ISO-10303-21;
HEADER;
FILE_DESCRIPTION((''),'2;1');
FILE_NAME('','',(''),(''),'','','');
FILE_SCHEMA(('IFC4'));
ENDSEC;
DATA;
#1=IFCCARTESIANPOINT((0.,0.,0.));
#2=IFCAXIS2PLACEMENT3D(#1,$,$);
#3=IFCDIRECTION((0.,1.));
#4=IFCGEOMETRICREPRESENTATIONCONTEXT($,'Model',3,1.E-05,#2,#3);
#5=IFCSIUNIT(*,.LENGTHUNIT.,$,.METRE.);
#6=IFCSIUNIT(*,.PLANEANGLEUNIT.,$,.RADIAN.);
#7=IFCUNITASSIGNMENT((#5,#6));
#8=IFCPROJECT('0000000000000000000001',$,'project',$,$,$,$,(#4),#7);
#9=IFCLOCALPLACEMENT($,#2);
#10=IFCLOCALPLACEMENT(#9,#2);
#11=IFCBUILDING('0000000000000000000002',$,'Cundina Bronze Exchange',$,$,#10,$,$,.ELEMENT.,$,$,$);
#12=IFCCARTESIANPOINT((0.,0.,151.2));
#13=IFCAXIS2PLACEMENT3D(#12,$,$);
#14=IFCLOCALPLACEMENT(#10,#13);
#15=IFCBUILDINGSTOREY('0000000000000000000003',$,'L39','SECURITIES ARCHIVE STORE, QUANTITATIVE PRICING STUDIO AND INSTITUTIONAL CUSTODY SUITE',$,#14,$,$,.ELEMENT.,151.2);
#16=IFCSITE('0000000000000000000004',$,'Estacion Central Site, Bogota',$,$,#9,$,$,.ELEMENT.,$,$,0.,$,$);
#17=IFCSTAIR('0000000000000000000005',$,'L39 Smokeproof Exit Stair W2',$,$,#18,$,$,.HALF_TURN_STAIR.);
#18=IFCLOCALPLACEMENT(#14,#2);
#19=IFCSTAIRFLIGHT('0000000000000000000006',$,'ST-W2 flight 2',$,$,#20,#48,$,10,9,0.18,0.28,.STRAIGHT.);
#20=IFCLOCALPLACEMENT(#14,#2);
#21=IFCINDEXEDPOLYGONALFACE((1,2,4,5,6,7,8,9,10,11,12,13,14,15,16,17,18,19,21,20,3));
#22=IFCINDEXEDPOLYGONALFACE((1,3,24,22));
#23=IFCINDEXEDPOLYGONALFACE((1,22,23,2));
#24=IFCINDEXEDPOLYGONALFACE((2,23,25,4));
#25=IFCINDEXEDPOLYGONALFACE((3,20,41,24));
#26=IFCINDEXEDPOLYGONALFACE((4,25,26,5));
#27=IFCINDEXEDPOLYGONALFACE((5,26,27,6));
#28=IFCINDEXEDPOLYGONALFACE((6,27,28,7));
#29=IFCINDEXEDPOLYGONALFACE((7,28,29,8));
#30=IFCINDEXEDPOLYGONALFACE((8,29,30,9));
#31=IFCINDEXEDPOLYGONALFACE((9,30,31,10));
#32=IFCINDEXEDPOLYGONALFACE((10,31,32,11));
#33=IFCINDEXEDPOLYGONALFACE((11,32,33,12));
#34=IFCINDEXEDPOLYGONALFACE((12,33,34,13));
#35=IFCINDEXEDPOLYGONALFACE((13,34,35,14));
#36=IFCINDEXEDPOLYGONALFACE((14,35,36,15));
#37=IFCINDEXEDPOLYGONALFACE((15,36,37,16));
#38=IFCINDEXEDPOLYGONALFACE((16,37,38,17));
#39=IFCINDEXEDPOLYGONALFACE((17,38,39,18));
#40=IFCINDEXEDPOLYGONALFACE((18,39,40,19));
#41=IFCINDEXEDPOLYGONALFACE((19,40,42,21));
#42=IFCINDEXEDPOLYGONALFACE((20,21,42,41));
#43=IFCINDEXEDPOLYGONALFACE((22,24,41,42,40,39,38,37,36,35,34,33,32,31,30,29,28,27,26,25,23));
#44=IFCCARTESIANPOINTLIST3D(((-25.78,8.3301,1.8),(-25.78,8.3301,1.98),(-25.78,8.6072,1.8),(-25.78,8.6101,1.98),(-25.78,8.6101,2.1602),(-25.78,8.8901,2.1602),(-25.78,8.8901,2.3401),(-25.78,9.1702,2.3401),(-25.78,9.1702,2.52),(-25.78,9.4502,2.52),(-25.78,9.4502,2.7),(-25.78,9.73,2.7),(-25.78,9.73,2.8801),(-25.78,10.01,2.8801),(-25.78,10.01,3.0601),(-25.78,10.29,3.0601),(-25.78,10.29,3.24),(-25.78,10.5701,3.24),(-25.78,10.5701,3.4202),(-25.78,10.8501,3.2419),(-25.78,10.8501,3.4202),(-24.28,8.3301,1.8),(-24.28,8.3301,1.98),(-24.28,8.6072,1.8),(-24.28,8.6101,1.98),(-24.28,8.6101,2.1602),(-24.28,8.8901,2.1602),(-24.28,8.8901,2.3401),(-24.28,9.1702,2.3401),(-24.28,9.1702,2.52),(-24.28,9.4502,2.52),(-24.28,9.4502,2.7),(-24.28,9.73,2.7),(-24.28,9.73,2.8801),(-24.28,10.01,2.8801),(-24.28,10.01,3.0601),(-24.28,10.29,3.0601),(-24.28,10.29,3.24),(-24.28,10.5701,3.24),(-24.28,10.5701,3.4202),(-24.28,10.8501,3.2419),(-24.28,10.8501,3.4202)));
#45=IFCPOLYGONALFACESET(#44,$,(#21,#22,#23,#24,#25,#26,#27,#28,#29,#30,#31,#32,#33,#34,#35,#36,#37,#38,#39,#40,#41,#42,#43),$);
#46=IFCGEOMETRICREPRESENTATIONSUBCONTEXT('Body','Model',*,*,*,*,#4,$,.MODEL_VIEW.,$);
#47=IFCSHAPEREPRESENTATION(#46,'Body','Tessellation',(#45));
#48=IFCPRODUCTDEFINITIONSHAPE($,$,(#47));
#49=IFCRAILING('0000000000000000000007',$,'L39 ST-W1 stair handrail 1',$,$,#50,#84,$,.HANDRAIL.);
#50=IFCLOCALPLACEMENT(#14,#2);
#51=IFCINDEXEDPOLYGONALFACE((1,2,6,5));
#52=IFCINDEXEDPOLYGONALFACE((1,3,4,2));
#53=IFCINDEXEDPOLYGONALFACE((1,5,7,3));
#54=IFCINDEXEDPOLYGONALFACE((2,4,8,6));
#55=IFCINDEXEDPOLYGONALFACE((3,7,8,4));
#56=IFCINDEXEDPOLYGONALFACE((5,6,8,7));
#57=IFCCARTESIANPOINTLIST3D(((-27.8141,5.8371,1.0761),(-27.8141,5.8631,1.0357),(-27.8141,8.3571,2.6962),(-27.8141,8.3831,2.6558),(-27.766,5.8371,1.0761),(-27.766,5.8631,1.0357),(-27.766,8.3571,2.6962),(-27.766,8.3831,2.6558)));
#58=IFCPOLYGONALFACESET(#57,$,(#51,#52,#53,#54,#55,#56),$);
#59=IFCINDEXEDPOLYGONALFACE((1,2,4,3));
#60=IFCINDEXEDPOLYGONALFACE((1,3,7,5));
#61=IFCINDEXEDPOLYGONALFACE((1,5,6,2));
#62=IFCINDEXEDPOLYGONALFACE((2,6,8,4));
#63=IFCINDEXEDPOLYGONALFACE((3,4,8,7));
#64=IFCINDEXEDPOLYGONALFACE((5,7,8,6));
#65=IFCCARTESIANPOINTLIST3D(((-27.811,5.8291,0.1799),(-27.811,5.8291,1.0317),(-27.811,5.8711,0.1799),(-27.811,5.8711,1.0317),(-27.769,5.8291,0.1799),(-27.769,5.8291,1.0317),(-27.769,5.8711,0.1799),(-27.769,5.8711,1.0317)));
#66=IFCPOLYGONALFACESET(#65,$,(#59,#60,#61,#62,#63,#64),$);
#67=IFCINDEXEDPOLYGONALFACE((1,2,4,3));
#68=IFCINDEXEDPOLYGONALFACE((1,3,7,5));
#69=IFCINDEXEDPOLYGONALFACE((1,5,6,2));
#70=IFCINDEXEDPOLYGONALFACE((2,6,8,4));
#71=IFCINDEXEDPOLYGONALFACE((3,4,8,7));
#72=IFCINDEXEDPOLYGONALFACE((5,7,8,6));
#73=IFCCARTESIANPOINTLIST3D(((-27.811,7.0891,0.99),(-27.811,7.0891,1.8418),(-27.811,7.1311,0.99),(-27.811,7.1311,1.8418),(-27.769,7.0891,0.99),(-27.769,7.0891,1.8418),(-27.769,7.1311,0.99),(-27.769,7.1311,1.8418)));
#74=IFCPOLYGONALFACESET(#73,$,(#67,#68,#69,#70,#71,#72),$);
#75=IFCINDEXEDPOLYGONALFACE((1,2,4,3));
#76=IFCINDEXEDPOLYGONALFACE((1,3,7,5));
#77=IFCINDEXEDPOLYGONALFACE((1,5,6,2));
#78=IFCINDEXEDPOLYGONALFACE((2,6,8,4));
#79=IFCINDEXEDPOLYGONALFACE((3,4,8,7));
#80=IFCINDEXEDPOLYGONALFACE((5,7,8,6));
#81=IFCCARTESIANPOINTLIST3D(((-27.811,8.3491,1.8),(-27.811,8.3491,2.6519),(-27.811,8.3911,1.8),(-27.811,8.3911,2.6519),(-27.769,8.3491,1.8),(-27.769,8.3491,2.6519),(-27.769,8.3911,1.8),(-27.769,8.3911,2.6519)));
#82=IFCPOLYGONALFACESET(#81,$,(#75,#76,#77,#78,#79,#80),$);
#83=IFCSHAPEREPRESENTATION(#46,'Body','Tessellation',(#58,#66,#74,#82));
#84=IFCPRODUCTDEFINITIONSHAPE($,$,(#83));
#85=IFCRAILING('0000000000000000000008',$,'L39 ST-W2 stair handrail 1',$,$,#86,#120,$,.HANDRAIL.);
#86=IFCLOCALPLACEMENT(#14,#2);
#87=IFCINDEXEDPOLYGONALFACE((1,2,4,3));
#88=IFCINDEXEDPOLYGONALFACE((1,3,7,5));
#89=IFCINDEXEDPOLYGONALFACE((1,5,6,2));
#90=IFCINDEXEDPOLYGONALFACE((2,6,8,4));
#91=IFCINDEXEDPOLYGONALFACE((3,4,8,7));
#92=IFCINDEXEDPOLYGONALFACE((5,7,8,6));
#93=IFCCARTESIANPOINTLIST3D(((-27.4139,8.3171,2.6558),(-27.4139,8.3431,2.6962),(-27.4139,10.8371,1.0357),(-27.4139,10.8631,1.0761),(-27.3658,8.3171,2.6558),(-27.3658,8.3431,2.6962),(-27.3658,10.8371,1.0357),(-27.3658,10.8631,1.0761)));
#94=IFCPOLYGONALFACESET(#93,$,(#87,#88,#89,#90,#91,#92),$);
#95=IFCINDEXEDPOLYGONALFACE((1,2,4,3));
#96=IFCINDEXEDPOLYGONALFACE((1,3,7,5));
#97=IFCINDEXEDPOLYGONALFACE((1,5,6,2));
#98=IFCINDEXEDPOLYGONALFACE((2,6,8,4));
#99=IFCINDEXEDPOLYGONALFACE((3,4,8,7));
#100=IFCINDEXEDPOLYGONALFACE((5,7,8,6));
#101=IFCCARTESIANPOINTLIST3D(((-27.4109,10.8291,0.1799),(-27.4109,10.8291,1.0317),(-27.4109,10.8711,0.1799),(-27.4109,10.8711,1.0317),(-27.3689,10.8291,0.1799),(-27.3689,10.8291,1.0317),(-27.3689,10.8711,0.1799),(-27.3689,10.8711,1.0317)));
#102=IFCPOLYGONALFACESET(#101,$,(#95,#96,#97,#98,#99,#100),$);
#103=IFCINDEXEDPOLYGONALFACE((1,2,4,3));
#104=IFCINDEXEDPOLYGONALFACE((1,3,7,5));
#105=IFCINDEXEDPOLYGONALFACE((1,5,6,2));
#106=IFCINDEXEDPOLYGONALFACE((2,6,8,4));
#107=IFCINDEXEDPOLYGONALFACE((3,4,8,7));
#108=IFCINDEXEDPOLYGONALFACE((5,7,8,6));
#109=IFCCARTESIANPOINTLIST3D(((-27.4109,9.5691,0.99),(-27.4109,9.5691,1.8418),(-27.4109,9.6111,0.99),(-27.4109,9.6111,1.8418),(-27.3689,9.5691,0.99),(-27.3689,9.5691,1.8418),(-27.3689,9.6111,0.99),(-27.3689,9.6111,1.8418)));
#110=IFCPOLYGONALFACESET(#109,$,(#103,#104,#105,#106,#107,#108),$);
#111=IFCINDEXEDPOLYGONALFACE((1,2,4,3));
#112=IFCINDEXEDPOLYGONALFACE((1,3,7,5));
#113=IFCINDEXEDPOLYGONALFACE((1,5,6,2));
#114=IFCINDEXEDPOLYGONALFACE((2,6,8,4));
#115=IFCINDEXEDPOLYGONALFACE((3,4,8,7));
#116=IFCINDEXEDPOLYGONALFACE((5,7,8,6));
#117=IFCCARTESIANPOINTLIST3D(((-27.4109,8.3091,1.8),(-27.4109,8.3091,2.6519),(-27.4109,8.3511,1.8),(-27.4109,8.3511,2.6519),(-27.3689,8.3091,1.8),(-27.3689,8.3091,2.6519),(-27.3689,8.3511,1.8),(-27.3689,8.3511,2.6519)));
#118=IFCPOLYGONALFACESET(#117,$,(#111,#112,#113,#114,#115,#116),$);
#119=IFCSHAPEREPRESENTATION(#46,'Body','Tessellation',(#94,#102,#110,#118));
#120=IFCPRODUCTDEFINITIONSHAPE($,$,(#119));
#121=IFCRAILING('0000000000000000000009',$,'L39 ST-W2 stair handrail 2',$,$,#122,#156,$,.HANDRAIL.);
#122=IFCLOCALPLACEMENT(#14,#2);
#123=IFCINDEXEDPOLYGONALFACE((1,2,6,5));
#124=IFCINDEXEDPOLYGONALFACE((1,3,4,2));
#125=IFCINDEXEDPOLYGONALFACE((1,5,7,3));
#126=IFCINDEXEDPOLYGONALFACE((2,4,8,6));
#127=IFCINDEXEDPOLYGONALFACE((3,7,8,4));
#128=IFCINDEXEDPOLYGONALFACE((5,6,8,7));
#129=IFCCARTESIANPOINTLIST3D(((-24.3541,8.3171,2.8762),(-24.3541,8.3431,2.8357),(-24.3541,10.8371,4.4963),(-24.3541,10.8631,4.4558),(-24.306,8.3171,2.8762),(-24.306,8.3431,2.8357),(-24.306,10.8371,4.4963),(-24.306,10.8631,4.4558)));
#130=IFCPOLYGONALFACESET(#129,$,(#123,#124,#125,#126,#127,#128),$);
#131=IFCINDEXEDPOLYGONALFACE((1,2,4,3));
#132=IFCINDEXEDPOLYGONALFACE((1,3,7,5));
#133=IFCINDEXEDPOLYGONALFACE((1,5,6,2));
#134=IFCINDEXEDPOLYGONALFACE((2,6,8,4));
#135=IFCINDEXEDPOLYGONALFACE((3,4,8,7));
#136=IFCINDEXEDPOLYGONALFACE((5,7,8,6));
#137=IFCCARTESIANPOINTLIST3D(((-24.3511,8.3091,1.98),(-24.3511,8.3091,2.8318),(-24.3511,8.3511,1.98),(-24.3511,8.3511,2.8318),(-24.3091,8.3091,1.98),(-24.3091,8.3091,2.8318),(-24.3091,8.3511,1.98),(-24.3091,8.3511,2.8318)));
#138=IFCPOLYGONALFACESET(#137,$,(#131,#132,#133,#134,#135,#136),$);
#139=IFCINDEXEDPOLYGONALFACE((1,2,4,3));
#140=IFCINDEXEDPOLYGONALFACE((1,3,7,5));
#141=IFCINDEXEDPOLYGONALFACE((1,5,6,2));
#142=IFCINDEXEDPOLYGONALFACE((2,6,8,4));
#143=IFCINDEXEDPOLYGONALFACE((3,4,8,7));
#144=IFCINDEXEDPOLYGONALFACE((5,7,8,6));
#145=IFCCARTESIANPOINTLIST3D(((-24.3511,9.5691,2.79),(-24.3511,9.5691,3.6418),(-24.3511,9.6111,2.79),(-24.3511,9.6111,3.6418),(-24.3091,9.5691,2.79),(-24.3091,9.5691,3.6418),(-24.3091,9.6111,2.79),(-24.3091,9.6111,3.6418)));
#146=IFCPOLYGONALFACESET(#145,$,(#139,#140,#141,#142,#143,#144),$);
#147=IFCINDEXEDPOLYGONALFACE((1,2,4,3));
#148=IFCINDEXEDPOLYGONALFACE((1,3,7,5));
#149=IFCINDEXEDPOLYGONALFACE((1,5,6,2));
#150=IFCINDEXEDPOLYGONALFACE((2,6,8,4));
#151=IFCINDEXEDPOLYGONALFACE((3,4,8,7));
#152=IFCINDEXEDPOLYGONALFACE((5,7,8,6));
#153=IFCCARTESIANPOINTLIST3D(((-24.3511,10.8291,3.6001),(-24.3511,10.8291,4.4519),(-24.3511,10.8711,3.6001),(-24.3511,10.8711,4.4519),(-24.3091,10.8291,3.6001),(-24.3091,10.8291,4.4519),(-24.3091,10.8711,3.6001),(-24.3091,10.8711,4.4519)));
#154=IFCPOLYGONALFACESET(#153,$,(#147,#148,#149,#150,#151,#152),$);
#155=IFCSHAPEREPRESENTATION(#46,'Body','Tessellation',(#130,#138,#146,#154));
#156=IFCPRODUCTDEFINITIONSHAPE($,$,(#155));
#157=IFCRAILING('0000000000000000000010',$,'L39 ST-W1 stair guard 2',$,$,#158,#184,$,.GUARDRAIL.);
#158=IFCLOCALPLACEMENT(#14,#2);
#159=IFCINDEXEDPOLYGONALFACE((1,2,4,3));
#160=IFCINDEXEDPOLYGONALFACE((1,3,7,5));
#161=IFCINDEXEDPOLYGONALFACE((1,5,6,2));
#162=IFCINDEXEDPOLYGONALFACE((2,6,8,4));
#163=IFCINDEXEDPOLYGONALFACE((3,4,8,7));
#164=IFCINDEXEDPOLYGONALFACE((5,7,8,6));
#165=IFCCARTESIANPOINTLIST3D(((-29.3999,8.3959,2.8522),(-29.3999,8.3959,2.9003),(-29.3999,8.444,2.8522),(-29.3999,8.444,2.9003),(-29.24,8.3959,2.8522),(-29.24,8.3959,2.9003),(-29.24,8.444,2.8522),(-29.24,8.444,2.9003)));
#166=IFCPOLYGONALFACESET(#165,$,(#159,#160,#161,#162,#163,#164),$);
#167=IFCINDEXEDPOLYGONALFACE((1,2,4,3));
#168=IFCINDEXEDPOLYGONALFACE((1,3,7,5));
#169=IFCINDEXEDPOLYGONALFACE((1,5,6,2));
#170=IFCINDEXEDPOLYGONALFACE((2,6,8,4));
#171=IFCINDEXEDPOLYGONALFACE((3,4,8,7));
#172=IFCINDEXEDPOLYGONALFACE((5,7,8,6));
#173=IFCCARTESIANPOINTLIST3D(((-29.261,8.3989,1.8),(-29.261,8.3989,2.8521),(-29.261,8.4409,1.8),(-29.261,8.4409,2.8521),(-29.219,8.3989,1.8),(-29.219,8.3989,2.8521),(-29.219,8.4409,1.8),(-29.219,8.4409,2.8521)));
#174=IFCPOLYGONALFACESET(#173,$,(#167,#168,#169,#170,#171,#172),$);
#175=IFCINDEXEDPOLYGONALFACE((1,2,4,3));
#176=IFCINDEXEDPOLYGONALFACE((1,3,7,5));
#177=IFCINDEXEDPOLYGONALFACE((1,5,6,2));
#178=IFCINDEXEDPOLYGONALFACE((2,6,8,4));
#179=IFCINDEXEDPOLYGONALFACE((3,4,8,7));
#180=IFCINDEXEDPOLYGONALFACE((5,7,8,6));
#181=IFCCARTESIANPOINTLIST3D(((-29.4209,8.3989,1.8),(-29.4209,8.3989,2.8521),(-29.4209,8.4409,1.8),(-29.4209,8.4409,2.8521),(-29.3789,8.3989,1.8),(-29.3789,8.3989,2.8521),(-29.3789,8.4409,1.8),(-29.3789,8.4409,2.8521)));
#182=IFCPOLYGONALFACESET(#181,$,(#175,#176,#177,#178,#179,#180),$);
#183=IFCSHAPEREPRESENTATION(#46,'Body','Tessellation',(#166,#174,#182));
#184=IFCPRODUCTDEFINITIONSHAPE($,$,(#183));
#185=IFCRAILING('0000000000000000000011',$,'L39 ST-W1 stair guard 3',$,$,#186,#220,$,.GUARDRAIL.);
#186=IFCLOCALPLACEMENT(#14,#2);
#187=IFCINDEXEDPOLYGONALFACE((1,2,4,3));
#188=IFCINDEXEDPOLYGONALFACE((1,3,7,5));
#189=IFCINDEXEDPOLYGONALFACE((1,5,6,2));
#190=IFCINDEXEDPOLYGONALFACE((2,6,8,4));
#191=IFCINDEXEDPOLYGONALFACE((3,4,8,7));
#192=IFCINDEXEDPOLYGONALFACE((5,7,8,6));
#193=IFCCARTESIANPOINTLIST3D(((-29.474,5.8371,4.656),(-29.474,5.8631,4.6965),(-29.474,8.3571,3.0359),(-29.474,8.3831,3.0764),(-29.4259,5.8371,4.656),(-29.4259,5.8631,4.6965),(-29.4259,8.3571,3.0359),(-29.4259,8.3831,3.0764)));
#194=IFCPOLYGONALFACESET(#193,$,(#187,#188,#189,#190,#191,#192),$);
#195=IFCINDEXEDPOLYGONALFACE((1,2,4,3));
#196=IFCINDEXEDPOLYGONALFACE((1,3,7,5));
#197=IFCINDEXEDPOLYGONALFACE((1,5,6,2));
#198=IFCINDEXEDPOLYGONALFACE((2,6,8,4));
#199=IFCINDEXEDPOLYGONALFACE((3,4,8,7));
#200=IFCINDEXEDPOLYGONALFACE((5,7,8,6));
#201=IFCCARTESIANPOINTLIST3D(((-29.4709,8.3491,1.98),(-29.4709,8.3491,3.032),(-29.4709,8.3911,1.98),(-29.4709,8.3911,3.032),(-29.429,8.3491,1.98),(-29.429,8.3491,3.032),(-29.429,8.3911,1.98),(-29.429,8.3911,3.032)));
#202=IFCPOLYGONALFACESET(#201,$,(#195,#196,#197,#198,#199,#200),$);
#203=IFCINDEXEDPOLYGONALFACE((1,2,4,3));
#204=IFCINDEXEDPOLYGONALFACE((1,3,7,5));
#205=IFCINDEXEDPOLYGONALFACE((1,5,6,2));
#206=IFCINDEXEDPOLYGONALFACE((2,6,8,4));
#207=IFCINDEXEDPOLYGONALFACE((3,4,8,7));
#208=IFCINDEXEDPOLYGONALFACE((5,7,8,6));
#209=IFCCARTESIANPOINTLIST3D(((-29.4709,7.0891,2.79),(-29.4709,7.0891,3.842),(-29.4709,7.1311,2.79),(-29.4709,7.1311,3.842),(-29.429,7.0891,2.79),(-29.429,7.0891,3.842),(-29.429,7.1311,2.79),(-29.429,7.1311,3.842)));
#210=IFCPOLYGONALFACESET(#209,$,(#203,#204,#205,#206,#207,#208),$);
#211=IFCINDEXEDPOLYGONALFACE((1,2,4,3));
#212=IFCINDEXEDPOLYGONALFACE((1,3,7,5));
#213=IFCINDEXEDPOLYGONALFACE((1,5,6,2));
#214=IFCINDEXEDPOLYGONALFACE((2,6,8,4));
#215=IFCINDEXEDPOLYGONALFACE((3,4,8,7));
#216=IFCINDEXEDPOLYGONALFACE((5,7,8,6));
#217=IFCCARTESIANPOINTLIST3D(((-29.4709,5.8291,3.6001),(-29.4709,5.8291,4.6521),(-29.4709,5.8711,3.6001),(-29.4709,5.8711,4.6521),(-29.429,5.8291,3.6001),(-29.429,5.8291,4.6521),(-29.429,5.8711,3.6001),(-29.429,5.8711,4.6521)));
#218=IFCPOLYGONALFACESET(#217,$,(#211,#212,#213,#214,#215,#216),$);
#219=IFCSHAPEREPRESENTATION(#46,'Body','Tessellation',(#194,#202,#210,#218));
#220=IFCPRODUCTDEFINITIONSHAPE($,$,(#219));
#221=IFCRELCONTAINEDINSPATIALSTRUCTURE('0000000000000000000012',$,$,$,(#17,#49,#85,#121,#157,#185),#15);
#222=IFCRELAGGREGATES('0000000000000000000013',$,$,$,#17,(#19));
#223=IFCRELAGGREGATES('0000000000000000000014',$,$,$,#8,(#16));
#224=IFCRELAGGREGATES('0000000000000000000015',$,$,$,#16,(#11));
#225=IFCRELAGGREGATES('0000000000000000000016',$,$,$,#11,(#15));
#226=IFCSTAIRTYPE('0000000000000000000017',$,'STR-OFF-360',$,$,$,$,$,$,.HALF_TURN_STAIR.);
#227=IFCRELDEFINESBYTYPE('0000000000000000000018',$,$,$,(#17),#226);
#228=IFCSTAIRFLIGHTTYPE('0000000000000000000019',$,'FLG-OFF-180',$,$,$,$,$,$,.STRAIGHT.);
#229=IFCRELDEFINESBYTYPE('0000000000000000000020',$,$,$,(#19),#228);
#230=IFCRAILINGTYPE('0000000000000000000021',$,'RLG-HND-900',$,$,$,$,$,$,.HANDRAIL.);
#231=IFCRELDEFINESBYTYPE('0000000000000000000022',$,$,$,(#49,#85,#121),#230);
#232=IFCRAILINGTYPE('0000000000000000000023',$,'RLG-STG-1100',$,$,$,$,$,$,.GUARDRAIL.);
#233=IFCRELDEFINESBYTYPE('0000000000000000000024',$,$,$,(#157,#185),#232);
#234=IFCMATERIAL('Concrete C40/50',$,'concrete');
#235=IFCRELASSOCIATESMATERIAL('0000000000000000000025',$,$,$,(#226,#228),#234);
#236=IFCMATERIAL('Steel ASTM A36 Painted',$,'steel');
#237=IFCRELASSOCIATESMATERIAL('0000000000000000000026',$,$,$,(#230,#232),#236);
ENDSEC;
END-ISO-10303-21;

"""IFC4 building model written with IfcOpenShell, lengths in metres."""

from ifc_helpers import new_model, si_unit, direction, frame, origin, origin_2d, place, context, subcontext, project, spatial, polyline, rectangle, outline, extrude, material, type_object, element, aggregate, save


model = new_model("IFC4")

# Units and contexts
model_context = context("Model", 3, precision=1e-05, world=origin(), true_north=direction((0.0, 1.0)))
body_context = subcontext(model_context, "Body", "Model", "MODEL_VIEW")
ifc_project = project(units=[si_unit("LENGTHUNIT", "METRE"), si_unit("PLANEANGLEUNIT", "RADIAN")], contexts=[model_context])

# Site, building, storey
site_placement = place(None, origin())
site = spatial("IfcSite", under=ifc_project, at=site_placement, Name="Estacion Central Site, Bogota", CompositionType="ELEMENT", RefElevation=0.0)
building_placement = place(site_placement, origin())
building = spatial("IfcBuilding", under=site, at=building_placement, Name="Cundina Bronze Exchange", CompositionType="ELEMENT")
storey_placement = place(building_placement, frame((0.0, 0.0, 151.2)))
storey = spatial("IfcBuildingStorey", under=building, at=storey_placement, Name="L39", Description="SECURITIES ARCHIVE STORE, QUANTITATIVE PRICING STUDIO AND INSTITUTIONAL CUSTODY SUITE", CompositionType="ELEMENT", Elevation=151.2)

# Shared definitions
ifc_material_1 = material(Name="Steel ASTM A36 Painted", Category="steel")

# Shared definitions
ifc_material_2 = material(Name="Concrete C40/50", Category="concrete")
stair_type = type_object("IfcStairType", Name="STR-OFF-360", PredefinedType="HALF_TURN_STAIR", material=ifc_material_2)
stair_flight_type = type_object("IfcStairFlightType", Name="FLG-OFF-180", PredefinedType="STRAIGHT", material=ifc_material_2)

# Stair, stair flight
stair_1_placement = place(storey_placement, origin())
stair_1 = element("IfcStair", 1, at=stair_1_placement, inside=storey, type_object=stair_type, Name="L39 Smokeproof Exit Stair W2", PredefinedType="HALF_TURN_STAIR")
stair_flight_1_placement = place(storey_placement, frame((-25.03, 8.3301, 1.8), z_axis=(0.0, 0.0, 1.0), x_axis=(0.0, 1.0, 0.0)))
stair_flight_1 = element("IfcStairFlight", 2, at=stair_flight_1_placement, type_object=stair_flight_type, Name="ST-W2 flight 2", NumberOfRisers=10, NumberOfTreads=9, PredefinedType="STRAIGHT", RiserHeight=0.18, TreadLength=0.28, context=body_context, shape_type="SweptSolid", body=[
    extrude(outline(polyline([(0.0, 0.0), (0.0, 0.1799), (0.28, 0.1799), (0.28, 0.3601), (0.5601, 0.3601), (0.5601, 0.54), (0.8401, 0.54), (0.8401, 0.72), (1.1201, 0.72), (1.1201, 0.8999), (1.3999, 0.8999), (1.3999, 1.0801), (1.6799, 1.0801), (1.6799, 1.26), (1.96, 1.26), (1.96, 1.4399), (2.24, 1.4399), (2.24, 1.6201), (2.52, 1.6201), (2.52, 1.8), (2.52, 1.4419), (0.2771, 0.0), (0.0, 0.0)])), frame((0.0, 0.75, 0.0), z_axis=(0.0, -1.0, 0.0), x_axis=(1.0, 0.0, 0.0)), (0.0, 0.0, 1.0), 1.5),
])
aggregate(stair_1, [stair_flight_1])

# Railings
railing_type_1 = type_object("IfcRailingType", Name="RLG-HND-900", PredefinedType="HANDRAIL", material=ifc_material_1)
railing_1_placement = place(storey_placement, frame((-27.79, 5.8501, 0.1799)))
element("IfcRailing", 3, at=railing_1_placement, inside=storey, type_object=railing_type_1, Name="L39 ST-W1 stair handrail 1", PredefinedType="HANDRAIL", context=body_context, shape_type="SweptSolid", body=[
    extrude(rectangle(XDim=0.0481, YDim=0.0481, at=origin_2d()), frame((0.0, 0.0, 0.876), z_axis=(0.0, 0.841163, 0.540782), x_axis=(-1.0, 0.0, 0.0)), (0.0, 0.0, 1.0), 2.9958),
    extrude(rectangle(XDim=0.042, YDim=0.042, at=origin_2d()), origin(), (0.0, 0.0, 1.0), 0.8518),
    extrude(rectangle(XDim=0.042, YDim=0.042, at=origin_2d()), frame((0.0, 1.26, 0.8101)), (0.0, 0.0, 1.0), 0.8518),
    extrude(rectangle(XDim=0.042, YDim=0.042, at=origin_2d()), frame((0.0, 2.52, 1.6201)), (0.0, 0.0, 1.0), 0.8518),
])
railing_2_placement = place(storey_placement, frame((-27.3899, 10.8501, 0.1799)))
element("IfcRailing", 4, at=railing_2_placement, inside=storey, type_object=railing_type_1, Name="L39 ST-W2 stair handrail 1", PredefinedType="HANDRAIL", context=body_context, shape_type="SweptSolid", body=[
    extrude(rectangle(XDim=0.0481, YDim=0.0481, at=origin_2d()), frame((0.0, 0.0, 0.876), z_axis=(0.0, -0.841163, 0.540782), x_axis=(1.0, 0.0, 0.0)), (0.0, 0.0, 1.0), 2.9958),
    extrude(rectangle(XDim=0.042, YDim=0.042, at=origin_2d()), origin(), (0.0, 0.0, 1.0), 0.8518),
    extrude(rectangle(XDim=0.042, YDim=0.042, at=origin_2d()), frame((0.0, -1.26, 0.8101)), (0.0, 0.0, 1.0), 0.8518),
    extrude(rectangle(XDim=0.042, YDim=0.042, at=origin_2d()), frame((0.0, -2.52, 1.6201)), (0.0, 0.0, 1.0), 0.8518),
])
railing_3_placement = place(storey_placement, frame((-24.3301, 8.3301, 1.98)))
element("IfcRailing", 5, at=railing_3_placement, inside=storey, type_object=railing_type_1, Name="L39 ST-W2 stair handrail 2", PredefinedType="HANDRAIL", context=body_context, shape_type="SweptSolid", body=[
    extrude(rectangle(XDim=0.0481, YDim=0.0481, at=origin_2d()), frame((0.0, 0.0, 0.876), z_axis=(0.0, 0.841163, 0.540782), x_axis=(-1.0, 0.0, 0.0)), (0.0, 0.0, 1.0), 2.9958),
    extrude(rectangle(XDim=0.042, YDim=0.042, at=origin_2d()), origin(), (0.0, 0.0, 1.0), 0.8518),
    extrude(rectangle(XDim=0.042, YDim=0.042, at=origin_2d()), frame((0.0, 1.26, 0.8101)), (0.0, 0.0, 1.0), 0.8518),
    extrude(rectangle(XDim=0.042, YDim=0.042, at=origin_2d()), frame((0.0, 2.52, 1.6201)), (0.0, 0.0, 1.0), 0.8518),
])
railing_type_2 = type_object("IfcRailingType", Name="RLG-STG-1100", PredefinedType="GUARDRAIL", material=ifc_material_1)
railing_4_placement = place(storey_placement, frame((-29.24, 8.4199, 1.8)))
element("IfcRailing", 6, at=railing_4_placement, inside=storey, type_object=railing_type_2, Name="L39 ST-W1 stair guard 2", PredefinedType="GUARDRAIL", context=body_context, shape_type="SweptSolid", body=[
    extrude(rectangle(XDim=0.0481, YDim=0.0481, at=origin_2d()), frame((0.0, 0.0, 1.0762), z_axis=(-1.0, 0.0, 0.0), x_axis=(0.0, -1.0, 0.0)), (0.0, 0.0, 1.0), 0.1599),
    extrude(rectangle(XDim=0.042, YDim=0.042, at=origin_2d()), origin(), (0.0, 0.0, 1.0), 1.052),
    extrude(rectangle(XDim=0.042, YDim=0.042, at=origin_2d()), frame((-0.1599, 0.0, 0.0)), (0.0, 0.0, 1.0), 1.052),
])
for number, where, name in (
    (7, (-29.45, 8.3701, 1.98), "L39 ST-W1 stair guard 3"),
):
    element("IfcRailing", number, at=place(storey_placement, frame(where)), inside=storey, type_object=railing_type_2, Name=name, PredefinedType="GUARDRAIL", context=body_context, shape_type="SweptSolid", body=[
        extrude(rectangle(XDim=0.0481, YDim=0.0481, at=origin_2d()), frame((0.0, 0.0, 1.0762), z_axis=(0.0, -0.841163, 0.540782), x_axis=(1.0, 0.0, 0.0)), (0.0, 0.0, 1.0), 2.9958),
        extrude(rectangle(XDim=0.042, YDim=0.042, at=origin_2d()), origin(), (0.0, 0.0, 1.0), 1.052),
        extrude(rectangle(XDim=0.042, YDim=0.042, at=origin_2d()), frame((0.0, -1.26, 0.8101)), (0.0, 0.0, 1.0), 1.052),
        extrude(rectangle(XDim=0.042, YDim=0.042, at=origin_2d()), frame((0.0, -2.52, 1.6201)), (0.0, 0.0, 1.0), 1.052),
    ])

save(model, "model.ifc")
